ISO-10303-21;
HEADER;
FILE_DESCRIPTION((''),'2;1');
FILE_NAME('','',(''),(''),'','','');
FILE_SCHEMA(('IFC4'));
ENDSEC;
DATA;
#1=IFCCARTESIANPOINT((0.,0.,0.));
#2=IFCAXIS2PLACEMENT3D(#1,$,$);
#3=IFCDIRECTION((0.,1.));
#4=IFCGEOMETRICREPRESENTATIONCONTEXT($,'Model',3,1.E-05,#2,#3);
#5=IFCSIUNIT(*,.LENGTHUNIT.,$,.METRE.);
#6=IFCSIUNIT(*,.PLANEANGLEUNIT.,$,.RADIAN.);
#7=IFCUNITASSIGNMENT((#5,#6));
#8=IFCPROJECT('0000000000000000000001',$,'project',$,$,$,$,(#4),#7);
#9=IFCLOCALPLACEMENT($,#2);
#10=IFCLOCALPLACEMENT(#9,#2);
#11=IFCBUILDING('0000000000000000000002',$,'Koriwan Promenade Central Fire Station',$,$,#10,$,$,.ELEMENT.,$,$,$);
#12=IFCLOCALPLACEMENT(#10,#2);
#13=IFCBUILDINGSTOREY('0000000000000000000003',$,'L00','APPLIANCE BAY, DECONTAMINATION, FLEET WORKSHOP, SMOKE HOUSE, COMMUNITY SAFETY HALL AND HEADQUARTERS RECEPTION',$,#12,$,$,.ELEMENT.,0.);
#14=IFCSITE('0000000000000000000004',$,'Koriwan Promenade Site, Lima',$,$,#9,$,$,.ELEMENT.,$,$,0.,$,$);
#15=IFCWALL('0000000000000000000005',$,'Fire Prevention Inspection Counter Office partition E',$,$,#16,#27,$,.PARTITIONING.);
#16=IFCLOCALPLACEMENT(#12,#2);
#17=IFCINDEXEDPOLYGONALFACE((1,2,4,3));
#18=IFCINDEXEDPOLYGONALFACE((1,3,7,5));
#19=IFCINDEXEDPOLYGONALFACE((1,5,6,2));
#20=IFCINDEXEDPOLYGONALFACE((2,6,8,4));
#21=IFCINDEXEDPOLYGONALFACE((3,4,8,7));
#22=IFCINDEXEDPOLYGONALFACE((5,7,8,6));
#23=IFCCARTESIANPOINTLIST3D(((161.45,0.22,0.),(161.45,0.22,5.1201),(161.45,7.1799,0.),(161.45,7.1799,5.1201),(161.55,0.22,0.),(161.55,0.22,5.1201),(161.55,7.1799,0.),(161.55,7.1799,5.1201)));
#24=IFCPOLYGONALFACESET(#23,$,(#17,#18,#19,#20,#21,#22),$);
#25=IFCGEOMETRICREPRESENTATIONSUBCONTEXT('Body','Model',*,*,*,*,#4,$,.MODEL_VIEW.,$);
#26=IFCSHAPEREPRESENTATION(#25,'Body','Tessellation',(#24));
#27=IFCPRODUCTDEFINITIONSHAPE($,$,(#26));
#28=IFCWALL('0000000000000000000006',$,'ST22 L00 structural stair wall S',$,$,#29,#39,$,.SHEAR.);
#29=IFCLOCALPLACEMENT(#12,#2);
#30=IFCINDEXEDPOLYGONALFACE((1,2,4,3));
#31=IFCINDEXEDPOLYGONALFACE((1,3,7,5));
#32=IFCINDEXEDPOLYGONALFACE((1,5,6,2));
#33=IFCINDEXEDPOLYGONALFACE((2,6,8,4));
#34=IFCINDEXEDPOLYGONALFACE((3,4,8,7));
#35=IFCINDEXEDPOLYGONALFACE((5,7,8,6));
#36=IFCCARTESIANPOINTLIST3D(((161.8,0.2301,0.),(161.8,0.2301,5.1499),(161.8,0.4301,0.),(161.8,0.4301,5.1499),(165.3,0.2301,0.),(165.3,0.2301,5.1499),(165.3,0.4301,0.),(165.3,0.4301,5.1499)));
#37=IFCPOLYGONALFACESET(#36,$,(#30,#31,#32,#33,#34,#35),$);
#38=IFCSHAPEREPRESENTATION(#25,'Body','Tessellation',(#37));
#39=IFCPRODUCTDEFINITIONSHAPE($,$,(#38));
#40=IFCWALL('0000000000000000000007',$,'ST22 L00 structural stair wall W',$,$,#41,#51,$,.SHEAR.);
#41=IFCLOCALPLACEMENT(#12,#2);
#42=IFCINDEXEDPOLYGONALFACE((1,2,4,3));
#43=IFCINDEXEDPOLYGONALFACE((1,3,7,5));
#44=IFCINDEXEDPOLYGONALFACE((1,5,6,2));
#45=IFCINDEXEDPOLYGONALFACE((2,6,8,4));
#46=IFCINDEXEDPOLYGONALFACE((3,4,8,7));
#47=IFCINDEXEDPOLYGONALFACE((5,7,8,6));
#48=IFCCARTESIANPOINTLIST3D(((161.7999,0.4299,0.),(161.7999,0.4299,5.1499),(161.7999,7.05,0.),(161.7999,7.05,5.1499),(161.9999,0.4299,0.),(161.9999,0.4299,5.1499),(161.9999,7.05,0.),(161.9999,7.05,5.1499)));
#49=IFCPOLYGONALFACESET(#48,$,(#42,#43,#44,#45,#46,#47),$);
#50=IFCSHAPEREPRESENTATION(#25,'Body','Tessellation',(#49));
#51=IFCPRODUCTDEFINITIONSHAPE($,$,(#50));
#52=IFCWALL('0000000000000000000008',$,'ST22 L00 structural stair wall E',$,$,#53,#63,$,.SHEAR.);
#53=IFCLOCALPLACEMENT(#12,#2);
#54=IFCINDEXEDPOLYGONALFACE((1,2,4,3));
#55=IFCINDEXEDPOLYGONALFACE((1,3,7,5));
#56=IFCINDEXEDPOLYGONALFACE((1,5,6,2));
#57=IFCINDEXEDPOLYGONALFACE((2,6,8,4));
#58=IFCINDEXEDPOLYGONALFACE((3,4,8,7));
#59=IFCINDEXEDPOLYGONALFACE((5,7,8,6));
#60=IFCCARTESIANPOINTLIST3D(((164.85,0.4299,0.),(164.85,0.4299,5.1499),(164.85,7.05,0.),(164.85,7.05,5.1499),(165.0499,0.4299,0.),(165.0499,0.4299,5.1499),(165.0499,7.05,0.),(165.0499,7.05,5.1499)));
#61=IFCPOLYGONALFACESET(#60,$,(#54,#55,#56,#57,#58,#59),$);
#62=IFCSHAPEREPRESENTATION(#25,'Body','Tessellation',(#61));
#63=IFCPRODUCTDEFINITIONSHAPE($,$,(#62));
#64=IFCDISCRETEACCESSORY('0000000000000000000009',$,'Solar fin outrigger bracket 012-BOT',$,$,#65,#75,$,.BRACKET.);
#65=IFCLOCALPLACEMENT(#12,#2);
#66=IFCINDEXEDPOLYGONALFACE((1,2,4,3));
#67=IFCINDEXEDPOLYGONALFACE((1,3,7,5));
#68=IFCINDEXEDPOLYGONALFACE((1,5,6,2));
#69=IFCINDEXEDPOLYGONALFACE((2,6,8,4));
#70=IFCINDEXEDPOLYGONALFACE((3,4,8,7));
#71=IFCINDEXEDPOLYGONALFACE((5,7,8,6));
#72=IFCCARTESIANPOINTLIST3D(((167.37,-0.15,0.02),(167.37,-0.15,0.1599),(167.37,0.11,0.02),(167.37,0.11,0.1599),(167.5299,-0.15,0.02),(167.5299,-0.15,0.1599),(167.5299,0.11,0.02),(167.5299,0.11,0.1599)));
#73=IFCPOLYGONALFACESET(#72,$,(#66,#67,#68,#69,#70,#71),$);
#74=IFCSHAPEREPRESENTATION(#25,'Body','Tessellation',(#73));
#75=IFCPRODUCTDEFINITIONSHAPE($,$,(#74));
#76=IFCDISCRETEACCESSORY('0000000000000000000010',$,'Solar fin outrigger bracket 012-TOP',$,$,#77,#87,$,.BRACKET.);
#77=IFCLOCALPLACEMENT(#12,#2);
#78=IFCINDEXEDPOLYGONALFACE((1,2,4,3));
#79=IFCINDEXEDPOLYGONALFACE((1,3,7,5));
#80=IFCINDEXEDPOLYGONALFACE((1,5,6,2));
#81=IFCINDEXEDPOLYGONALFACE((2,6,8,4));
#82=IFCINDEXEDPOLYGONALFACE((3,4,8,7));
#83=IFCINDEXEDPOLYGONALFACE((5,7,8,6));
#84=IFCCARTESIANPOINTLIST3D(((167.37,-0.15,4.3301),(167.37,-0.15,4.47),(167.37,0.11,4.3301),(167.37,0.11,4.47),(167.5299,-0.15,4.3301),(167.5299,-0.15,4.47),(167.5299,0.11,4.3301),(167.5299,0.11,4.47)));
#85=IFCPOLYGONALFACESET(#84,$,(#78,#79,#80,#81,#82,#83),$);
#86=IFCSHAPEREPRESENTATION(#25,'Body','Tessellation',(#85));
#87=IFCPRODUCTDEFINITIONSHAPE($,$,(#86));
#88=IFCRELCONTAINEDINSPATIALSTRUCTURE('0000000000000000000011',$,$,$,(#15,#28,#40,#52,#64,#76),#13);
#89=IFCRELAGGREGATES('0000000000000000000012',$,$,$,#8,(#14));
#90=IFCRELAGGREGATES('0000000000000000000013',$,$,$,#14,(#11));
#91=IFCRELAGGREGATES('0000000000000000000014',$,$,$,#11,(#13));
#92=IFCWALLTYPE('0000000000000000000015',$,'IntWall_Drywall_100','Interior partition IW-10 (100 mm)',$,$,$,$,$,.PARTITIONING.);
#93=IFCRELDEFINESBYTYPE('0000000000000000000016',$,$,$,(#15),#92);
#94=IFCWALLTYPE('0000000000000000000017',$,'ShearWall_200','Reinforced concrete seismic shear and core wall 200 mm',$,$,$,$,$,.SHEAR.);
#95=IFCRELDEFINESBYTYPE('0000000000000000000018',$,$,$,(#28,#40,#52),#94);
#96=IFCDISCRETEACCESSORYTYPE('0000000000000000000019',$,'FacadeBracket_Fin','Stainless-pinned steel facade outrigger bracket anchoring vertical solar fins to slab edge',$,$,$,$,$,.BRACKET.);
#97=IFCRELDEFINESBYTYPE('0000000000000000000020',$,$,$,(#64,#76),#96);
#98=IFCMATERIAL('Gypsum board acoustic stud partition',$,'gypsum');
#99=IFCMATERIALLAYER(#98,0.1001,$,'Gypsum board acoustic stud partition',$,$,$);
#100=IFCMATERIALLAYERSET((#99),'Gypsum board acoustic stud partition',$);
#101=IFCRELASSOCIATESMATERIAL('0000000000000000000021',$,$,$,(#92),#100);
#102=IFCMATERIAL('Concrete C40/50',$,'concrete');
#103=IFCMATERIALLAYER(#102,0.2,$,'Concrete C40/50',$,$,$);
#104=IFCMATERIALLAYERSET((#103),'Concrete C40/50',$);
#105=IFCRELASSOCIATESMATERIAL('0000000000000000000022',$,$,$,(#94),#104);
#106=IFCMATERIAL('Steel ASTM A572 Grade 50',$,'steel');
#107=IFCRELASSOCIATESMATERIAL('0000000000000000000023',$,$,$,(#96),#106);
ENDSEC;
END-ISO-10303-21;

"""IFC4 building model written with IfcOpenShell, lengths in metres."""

from ifc_helpers import new_model, si_unit, direction, frame, frame_2d, origin, origin_2d, place, context, subcontext, project, spatial, rectangle, extrude, material, layer, layer_set, type_object, element, save


model = new_model("IFC4")

# Units and contexts
model_context = context("Model", 3, precision=1e-05, world=origin(), true_north=direction((0.0, 1.0)))
body_context = subcontext(model_context, "Body", "Model", "MODEL_VIEW")
ifc_project = project(units=[si_unit("LENGTHUNIT", "METRE"), si_unit("PLANEANGLEUNIT", "RADIAN")], contexts=[model_context])

# Site, building, storey
site_placement = place(None, origin())
site = spatial("IfcSite", under=ifc_project, at=site_placement, Name="Koriwan Promenade Site, Lima", CompositionType="ELEMENT", RefElevation=0.0)
building_placement = place(site_placement, origin())
building = spatial("IfcBuilding", under=site, at=building_placement, Name="Koriwan Promenade Central Fire Station", CompositionType="ELEMENT")
storey_placement = place(building_placement, origin())
storey = spatial("IfcBuildingStorey", under=building, at=storey_placement, Name="L00", Description="APPLIANCE BAY, DECONTAMINATION, FLEET WORKSHOP, SMOKE HOUSE, COMMUNITY SAFETY HALL AND HEADQUARTERS RECEPTION", CompositionType="ELEMENT", Elevation=0.0)

# Shared definitions
ifc_material_1 = material(Name="Concrete C40/50", Category="concrete")

# Walls
ifc_material_2 = material(Name="Gypsum board acoustic stud partition", Category="gypsum")
ifc_layer_1 = layer(ifc_material_2, 0.1001, Name="Gypsum board acoustic stud partition")
ifc_layer_set_1 = layer_set([ifc_layer_1], Name="Gypsum board acoustic stud partition")
wall_type_1 = type_object("IfcWallType", Name="IntWall_Drywall_100", Description="Interior partition IW-10 (100 mm)", PredefinedType="PARTITIONING", material=ifc_layer_set_1)
wall_1_placement = place(storey_placement, frame((161.5, 0.22, 0.0), z_axis=(0.0, 0.0, 1.0), x_axis=(0.0, 1.0, 0.0)))
element("IfcWall", 1, at=wall_1_placement, inside=storey, type_object=wall_type_1, Name="Fire Prevention Inspection Counter Office partition E", PredefinedType="PARTITIONING", context=body_context, shape_type="SweptSolid", body=[
    extrude(rectangle(XDim=6.96, YDim=0.1001, at=frame_2d((3.48, 0.0))), origin(), (0.0, 0.0, 1.0), 5.1201),
])
ifc_layer_2 = layer(ifc_material_1, 0.2, Name="Concrete C40/50")
ifc_layer_set_2 = layer_set([ifc_layer_2], Name="Concrete C40/50")
wall_type_2 = type_object("IfcWallType", Name="ShearWall_200", Description="Reinforced concrete seismic shear and core wall 200 mm", PredefinedType="SHEAR", material=ifc_layer_set_2)
wall_2_placement = place(storey_placement, frame((161.8, 0.3301, 0.0), z_axis=(0.0, 0.0, 1.0), x_axis=(1.0, 0.0, 0.0)))
element("IfcWall", 2, at=wall_2_placement, inside=storey, type_object=wall_type_2, Name="ST22 L00 structural stair wall S", PredefinedType="SHEAR", context=body_context, shape_type="SweptSolid", body=[
    extrude(rectangle(XDim=3.5, YDim=0.2, at=frame_2d((1.75, 0.0))), origin(), (0.0, 0.0, 1.0), 5.1499),
])
for number, where, z_axis, x_axis, name in (
    (3, (161.8999, 0.4299, 0.0), (0.0, 0.0, 1.0), (0.0, 1.0, 0.0), "ST22 L00 structural stair wall W"),
    (4, (164.95, 0.4299, 0.0), (0.0, 0.0, 1.0), (0.0, 1.0, 0.0), "ST22 L00 structural stair wall E"),
):
    element("IfcWall", number, at=place(storey_placement, frame(where, z_axis=z_axis, x_axis=x_axis)), inside=storey, type_object=wall_type_2, Name=name, PredefinedType="SHEAR", context=body_context, shape_type="SweptSolid", body=[
        extrude(rectangle(XDim=6.6201, YDim=0.2, at=frame_2d((3.3101, 0.0))), origin(), (0.0, 0.0, 1.0), 5.1499),
    ])

# Discrete accessories
ifc_material_3 = material(Name="Steel ASTM A572 Grade 50", Category="steel")
discrete_accessory_type = type_object("IfcDiscreteAccessoryType", Name="FacadeBracket_Fin", Description="Stainless-pinned steel facade outrigger bracket anchoring vertical solar fins to slab edge", PredefinedType="BRACKET", material=ifc_material_3)
for number, where, z_axis, x_axis, name in (
    (5, (167.45, -0.02, 0.02), (0.0, 0.0, 1.0), (0.0, -1.0, 0.0), "Solar fin outrigger bracket 012-BOT"),
    (6, (167.45, -0.02, 4.3301), (0.0, 0.0, 1.0), (0.0, -1.0, 0.0), "Solar fin outrigger bracket 012-TOP"),
):
    element("IfcDiscreteAccessory", number, at=place(storey_placement, frame(where, z_axis=z_axis, x_axis=x_axis)), inside=storey, type_object=discrete_accessory_type, Name=name, PredefinedType="BRACKET", context=body_context, shape_type="SweptSolid", body=[
        extrude(rectangle(XDim=0.26, YDim=0.1599, at=origin_2d()), origin(), (0.0, 0.0, 1.0), 0.1399),
    ])

save(model, "model.ifc")
